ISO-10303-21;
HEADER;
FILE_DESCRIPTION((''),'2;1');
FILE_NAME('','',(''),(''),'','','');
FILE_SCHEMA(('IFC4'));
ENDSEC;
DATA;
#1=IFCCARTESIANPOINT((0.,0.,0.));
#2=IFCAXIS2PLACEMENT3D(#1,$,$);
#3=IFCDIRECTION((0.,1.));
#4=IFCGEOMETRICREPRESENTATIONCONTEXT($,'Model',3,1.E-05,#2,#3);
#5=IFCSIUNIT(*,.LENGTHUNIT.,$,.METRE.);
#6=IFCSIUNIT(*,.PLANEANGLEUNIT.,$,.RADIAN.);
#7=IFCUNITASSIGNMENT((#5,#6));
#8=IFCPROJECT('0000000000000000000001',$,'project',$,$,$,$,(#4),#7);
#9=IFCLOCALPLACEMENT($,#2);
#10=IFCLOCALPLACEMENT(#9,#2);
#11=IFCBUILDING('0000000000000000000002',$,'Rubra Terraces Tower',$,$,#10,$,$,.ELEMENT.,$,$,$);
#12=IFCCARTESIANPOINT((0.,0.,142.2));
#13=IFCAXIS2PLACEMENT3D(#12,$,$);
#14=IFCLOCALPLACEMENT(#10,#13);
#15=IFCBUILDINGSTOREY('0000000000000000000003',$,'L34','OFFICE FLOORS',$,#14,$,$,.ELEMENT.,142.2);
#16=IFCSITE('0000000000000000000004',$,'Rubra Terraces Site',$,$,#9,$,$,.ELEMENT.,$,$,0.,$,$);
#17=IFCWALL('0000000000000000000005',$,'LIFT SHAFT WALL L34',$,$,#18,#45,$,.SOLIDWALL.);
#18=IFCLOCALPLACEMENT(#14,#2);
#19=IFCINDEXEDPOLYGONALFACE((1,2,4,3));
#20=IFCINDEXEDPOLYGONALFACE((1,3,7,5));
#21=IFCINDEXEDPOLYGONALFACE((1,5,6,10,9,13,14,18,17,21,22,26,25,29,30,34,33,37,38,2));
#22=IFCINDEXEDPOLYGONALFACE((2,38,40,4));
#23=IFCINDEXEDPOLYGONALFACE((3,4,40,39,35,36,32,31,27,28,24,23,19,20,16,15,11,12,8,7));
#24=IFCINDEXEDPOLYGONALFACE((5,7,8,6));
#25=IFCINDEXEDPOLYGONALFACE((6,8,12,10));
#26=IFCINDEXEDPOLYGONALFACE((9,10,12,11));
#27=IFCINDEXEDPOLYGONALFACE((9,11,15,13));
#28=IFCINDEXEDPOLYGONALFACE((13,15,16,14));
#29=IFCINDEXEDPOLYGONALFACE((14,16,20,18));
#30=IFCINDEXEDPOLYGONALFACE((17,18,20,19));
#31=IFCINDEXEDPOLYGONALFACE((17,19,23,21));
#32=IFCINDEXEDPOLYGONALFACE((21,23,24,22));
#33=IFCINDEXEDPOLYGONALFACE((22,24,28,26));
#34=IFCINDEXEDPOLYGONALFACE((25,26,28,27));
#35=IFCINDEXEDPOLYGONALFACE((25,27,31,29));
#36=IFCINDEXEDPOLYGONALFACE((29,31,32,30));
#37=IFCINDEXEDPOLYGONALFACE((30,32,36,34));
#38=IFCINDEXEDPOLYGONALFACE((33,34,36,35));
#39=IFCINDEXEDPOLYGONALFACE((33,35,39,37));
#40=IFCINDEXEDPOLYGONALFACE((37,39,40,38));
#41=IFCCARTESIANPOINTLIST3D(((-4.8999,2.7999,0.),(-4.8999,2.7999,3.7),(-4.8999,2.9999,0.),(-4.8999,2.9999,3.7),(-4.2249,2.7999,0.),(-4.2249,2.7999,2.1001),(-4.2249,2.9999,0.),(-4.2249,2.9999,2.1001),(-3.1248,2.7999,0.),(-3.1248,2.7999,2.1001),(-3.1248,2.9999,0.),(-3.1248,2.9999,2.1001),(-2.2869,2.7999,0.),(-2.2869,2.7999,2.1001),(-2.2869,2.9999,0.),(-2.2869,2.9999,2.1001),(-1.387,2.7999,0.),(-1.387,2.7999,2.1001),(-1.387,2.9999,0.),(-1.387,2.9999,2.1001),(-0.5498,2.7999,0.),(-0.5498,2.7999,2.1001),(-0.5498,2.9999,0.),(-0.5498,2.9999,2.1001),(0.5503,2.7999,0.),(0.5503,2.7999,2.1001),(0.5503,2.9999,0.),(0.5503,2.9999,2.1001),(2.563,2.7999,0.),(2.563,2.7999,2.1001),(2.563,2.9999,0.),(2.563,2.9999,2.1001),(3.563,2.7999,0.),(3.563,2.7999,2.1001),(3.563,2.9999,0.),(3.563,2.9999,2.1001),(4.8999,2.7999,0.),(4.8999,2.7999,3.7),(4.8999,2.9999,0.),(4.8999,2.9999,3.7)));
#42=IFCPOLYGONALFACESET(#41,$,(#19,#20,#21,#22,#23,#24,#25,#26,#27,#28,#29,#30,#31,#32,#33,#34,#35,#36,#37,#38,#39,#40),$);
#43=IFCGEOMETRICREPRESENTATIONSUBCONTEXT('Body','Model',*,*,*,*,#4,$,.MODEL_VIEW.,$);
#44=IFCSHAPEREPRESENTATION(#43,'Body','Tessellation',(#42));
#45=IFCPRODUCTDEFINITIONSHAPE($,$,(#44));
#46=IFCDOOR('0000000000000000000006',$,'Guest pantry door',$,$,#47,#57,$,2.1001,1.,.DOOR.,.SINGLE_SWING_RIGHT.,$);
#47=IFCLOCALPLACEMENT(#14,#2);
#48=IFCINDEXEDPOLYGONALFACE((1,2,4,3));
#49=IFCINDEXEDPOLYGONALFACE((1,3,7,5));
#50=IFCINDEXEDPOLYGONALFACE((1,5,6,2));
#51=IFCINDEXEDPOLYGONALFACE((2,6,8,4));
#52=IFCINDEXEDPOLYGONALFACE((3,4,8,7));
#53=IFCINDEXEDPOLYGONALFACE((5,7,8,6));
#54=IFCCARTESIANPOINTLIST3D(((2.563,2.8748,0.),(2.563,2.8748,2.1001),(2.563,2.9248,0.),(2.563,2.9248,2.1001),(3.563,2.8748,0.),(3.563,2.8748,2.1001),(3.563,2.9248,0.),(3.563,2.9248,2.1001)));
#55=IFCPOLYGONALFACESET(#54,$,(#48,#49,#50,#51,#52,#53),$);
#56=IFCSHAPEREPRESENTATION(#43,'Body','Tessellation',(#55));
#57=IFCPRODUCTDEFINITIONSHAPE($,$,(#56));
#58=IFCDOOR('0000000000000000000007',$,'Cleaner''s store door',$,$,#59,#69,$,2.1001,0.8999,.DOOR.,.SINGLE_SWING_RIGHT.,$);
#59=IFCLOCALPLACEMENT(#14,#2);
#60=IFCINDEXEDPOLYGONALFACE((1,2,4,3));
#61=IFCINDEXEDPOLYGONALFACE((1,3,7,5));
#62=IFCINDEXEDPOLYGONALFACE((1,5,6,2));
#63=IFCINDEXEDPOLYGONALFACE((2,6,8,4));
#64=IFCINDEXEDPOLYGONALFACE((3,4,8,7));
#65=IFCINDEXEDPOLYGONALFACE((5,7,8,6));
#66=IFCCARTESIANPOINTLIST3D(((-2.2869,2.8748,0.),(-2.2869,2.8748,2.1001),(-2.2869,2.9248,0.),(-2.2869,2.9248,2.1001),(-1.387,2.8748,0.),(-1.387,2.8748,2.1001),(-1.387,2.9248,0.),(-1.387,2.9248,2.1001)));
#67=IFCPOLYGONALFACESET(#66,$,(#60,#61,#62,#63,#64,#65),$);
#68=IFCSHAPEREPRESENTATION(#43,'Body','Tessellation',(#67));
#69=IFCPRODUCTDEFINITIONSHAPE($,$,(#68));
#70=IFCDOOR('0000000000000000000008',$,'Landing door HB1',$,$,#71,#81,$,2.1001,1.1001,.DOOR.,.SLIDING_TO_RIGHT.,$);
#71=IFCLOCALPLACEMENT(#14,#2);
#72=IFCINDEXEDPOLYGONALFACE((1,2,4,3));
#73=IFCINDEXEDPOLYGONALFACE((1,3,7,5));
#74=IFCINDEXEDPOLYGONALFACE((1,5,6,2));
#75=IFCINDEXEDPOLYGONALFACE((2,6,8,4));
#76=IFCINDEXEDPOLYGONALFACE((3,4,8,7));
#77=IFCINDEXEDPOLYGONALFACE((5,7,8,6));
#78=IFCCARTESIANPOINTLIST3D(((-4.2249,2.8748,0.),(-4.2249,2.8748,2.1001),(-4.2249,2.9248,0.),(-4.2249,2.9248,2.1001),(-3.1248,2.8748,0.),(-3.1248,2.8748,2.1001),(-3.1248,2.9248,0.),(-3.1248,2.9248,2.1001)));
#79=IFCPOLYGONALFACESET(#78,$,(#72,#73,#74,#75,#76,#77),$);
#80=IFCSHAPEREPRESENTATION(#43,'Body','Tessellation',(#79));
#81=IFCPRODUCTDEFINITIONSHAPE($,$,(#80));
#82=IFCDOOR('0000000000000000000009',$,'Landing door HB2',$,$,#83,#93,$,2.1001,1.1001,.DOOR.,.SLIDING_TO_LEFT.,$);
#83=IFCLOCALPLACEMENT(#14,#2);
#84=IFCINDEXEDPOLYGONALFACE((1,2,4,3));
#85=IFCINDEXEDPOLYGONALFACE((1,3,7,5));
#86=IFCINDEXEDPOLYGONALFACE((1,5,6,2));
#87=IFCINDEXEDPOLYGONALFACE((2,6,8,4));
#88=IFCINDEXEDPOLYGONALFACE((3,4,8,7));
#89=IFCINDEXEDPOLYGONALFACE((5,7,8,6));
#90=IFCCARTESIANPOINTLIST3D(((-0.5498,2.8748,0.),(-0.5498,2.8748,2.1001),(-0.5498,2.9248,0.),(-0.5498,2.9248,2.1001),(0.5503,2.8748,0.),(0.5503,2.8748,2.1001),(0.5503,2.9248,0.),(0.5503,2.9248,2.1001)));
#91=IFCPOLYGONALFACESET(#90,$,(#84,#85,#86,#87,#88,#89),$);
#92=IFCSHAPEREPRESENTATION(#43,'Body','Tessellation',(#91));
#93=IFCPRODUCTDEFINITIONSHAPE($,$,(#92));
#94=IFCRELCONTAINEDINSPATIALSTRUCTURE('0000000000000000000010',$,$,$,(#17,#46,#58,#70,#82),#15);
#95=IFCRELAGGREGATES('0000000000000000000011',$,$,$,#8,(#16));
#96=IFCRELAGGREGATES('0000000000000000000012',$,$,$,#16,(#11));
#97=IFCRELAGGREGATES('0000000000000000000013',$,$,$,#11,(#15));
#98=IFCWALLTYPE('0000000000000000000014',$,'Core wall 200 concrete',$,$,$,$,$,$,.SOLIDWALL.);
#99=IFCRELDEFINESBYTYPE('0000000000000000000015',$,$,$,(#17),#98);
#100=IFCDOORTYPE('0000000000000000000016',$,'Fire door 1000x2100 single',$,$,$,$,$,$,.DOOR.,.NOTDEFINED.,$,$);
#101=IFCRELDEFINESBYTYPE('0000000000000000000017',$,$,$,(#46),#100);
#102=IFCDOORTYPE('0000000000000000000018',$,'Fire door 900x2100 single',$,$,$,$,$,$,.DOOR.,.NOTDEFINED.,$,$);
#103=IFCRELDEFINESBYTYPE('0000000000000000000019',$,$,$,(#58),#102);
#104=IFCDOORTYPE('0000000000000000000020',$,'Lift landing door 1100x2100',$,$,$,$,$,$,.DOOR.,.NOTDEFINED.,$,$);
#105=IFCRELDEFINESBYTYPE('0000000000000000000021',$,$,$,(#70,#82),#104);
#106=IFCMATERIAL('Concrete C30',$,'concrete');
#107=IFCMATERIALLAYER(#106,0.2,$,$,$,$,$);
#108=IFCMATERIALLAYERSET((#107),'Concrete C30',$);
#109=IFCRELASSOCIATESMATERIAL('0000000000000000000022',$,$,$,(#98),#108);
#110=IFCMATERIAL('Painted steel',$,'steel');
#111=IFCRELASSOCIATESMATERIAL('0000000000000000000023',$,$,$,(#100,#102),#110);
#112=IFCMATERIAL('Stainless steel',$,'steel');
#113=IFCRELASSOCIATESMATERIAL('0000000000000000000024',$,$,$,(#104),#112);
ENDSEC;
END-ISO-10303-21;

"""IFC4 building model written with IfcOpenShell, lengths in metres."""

from ifc_helpers import new_model, si_unit, direction, frame, frame_2d, origin, place, context, subcontext, project, spatial, rectangle, extrude, material, layer, layer_set, type_object, element, fill, save


model = new_model("IFC4")

# Units and contexts
model_context = context("Model", 3, precision=1e-05, world=origin(), true_north=direction((0.0, 1.0)))
body_context = subcontext(model_context, "Body", "Model", "MODEL_VIEW")
ifc_project = project(units=[si_unit("LENGTHUNIT", "METRE"), si_unit("PLANEANGLEUNIT", "RADIAN")], contexts=[model_context])

# Site, building, storey
site_placement = place(None, origin())
site = spatial("IfcSite", under=ifc_project, at=site_placement, Name="Rubra Terraces Site", CompositionType="ELEMENT", RefElevation=0.0)
building_placement = place(site_placement, origin())
building = spatial("IfcBuilding", under=site, at=building_placement, Name="Rubra Terraces Tower", CompositionType="ELEMENT")
storey_placement = place(building_placement, frame((0.0, 0.0, 142.2)))
storey = spatial("IfcBuildingStorey", under=building, at=storey_placement, Name="L34", Description="OFFICE FLOORS", CompositionType="ELEMENT", Elevation=142.2)

# Wall, openings, doors
ifc_material_1 = material(Name="Concrete C30", Category="concrete")
ifc_layer_1 = layer(ifc_material_1, 0.2)
ifc_layer_set_1 = layer_set([ifc_layer_1], Name="Concrete C30")
wall_type_1 = type_object("IfcWallType", Name="Core wall 200 concrete", PredefinedType="SOLIDWALL", material=ifc_layer_set_1)
wall_1_placement = place(storey_placement, frame((-4.8999, 2.8999, 0.0), z_axis=(0.0, 0.0, 1.0), x_axis=(1.0, 0.0, 0.0)))
wall_1 = element("IfcWall", 1, at=wall_1_placement, inside=storey, type_object=wall_type_1, Name="LIFT SHAFT WALL L34", PredefinedType="SOLIDWALL", context=body_context, shape_type="SweptSolid", body=[
    extrude(rectangle(XDim=9.7998, YDim=0.2, at=frame_2d((4.8999, 0.0))), origin(), (0.0, 0.0, 1.0), 3.7),
])
opening_1_placement = place(wall_1_placement, frame((0.675, 0.0, 0.0)))
opening_1 = element("IfcOpeningElement", 2, at=opening_1_placement, cuts=wall_1, PredefinedType="OPENING", context=body_context, shape_type="SweptSolid", body=[
    extrude(rectangle(XDim=1.1001, YDim=2.1001, at=frame_2d((0.55, 1.05))), frame((0.0, 0.1099, 0.0), z_axis=(0.0, -1.0, 0.0), x_axis=(1.0, 0.0, 0.0)), (0.0, 0.0, 1.0), 0.22),
])
opening_2_placement = place(wall_1_placement, frame((2.613, 0.0, 0.0)))
opening_2 = element("IfcOpeningElement", 3, at=opening_2_placement, cuts=wall_1, PredefinedType="OPENING", context=body_context, shape_type="SweptSolid", body=[
    extrude(rectangle(XDim=0.8999, YDim=2.1001, at=frame_2d((0.45, 1.05))), frame((0.0, 0.1099, 0.0), z_axis=(0.0, -1.0, 0.0), x_axis=(1.0, 0.0, 0.0)), (0.0, 0.0, 1.0), 0.22),
])
opening_3_placement = place(wall_1_placement, frame((4.3501, 0.0, 0.0)))
opening_3 = element("IfcOpeningElement", 4, at=opening_3_placement, cuts=wall_1, PredefinedType="OPENING", context=body_context, shape_type="SweptSolid", body=[
    extrude(rectangle(XDim=1.1001, YDim=2.1001, at=frame_2d((0.55, 1.05))), frame((0.0, 0.1099, 0.0), z_axis=(0.0, -1.0, 0.0), x_axis=(1.0, 0.0, 0.0)), (0.0, 0.0, 1.0), 0.22),
])
opening_4_placement = place(wall_1_placement, frame((7.4629, 0.0, 0.0)))
opening_4 = element("IfcOpeningElement", 5, at=opening_4_placement, cuts=wall_1, PredefinedType="OPENING", context=body_context, shape_type="SweptSolid", body=[
    extrude(rectangle(XDim=1.0, YDim=2.1001, at=frame_2d((0.5, 1.05))), frame((0.0, 0.1099, 0.0), z_axis=(0.0, -1.0, 0.0), x_axis=(1.0, 0.0, 0.0)), (0.0, 0.0, 1.0), 0.22),
])
ifc_material_2 = material(Name="Painted steel", Category="steel")
door_type_1 = type_object("IfcDoorType", Name="Fire door 1000x2100 single", OperationType="NOTDEFINED", PredefinedType="DOOR", material=ifc_material_2)
door_1_placement = place(opening_4_placement, origin())
door_1 = element("IfcDoor", 6, at=door_1_placement, inside=storey, type_object=door_type_1, Name="Guest pantry door", OperationType="SINGLE_SWING_RIGHT", OverallHeight=2.1001, OverallWidth=1.0, PredefinedType="DOOR", context=body_context, shape_type="SweptSolid", body=[
    extrude(rectangle(XDim=1.0, YDim=2.1001, at=frame_2d((0.5, 1.05))), frame((0.0, 0.0249, 0.0), z_axis=(0.0, -1.0, 0.0), x_axis=(1.0, 0.0, 0.0)), (0.0, 0.0, 1.0), 0.05),
])
fill(opening_4, door_1)
door_type_2 = type_object("IfcDoorType", Name="Fire door 900x2100 single", OperationType="NOTDEFINED", PredefinedType="DOOR", material=ifc_material_2)
door_2_placement = place(opening_2_placement, origin())
door_2 = element("IfcDoor", 7, at=door_2_placement, inside=storey, type_object=door_type_2, Name="Cleaner's store door", OperationType="SINGLE_SWING_RIGHT", OverallHeight=2.1001, OverallWidth=0.8999, PredefinedType="DOOR", context=body_context, shape_type="SweptSolid", body=[
    extrude(rectangle(XDim=0.8999, YDim=2.1001, at=frame_2d((0.45, 1.05))), frame((0.0, 0.0249, 0.0), z_axis=(0.0, -1.0, 0.0), x_axis=(1.0, 0.0, 0.0)), (0.0, 0.0, 1.0), 0.05),
])
fill(opening_2, door_2)
ifc_material_3 = material(Name="Stainless steel", Category="steel")
door_type_3 = type_object("IfcDoorType", Name="Lift landing door 1100x2100", OperationType="NOTDEFINED", PredefinedType="DOOR", material=ifc_material_3)
door_3_placement = place(opening_1_placement, origin())
door_3 = element("IfcDoor", 8, at=door_3_placement, inside=storey, type_object=door_type_3, Name="Landing door HB1", OperationType="SLIDING_TO_RIGHT", OverallHeight=2.1001, OverallWidth=1.1001, PredefinedType="DOOR", context=body_context, shape_type="SweptSolid", body=[
    extrude(rectangle(XDim=1.1001, YDim=2.1001, at=frame_2d((0.55, 1.05))), frame((0.0, 0.0249, 0.0), z_axis=(0.0, -1.0, 0.0), x_axis=(1.0, 0.0, 0.0)), (0.0, 0.0, 1.0), 0.05),
])
fill(opening_1, door_3)
door_4_placement = place(opening_3_placement, origin())
door_4 = element("IfcDoor", 9, at=door_4_placement, inside=storey, type_object=door_type_3, Name="Landing door HB2", OperationType="SLIDING_TO_LEFT", OverallHeight=2.1001, OverallWidth=1.1001, PredefinedType="DOOR", context=body_context, shape_type="SweptSolid", body=[
    extrude(rectangle(XDim=1.1001, YDim=2.1001, at=frame_2d((0.55, 1.05))), frame((0.0, 0.0249, 0.0), z_axis=(0.0, -1.0, 0.0), x_axis=(1.0, 0.0, 0.0)), (0.0, 0.0, 1.0), 0.05),
])
fill(opening_3, door_4)

save(model, "model.ifc")
